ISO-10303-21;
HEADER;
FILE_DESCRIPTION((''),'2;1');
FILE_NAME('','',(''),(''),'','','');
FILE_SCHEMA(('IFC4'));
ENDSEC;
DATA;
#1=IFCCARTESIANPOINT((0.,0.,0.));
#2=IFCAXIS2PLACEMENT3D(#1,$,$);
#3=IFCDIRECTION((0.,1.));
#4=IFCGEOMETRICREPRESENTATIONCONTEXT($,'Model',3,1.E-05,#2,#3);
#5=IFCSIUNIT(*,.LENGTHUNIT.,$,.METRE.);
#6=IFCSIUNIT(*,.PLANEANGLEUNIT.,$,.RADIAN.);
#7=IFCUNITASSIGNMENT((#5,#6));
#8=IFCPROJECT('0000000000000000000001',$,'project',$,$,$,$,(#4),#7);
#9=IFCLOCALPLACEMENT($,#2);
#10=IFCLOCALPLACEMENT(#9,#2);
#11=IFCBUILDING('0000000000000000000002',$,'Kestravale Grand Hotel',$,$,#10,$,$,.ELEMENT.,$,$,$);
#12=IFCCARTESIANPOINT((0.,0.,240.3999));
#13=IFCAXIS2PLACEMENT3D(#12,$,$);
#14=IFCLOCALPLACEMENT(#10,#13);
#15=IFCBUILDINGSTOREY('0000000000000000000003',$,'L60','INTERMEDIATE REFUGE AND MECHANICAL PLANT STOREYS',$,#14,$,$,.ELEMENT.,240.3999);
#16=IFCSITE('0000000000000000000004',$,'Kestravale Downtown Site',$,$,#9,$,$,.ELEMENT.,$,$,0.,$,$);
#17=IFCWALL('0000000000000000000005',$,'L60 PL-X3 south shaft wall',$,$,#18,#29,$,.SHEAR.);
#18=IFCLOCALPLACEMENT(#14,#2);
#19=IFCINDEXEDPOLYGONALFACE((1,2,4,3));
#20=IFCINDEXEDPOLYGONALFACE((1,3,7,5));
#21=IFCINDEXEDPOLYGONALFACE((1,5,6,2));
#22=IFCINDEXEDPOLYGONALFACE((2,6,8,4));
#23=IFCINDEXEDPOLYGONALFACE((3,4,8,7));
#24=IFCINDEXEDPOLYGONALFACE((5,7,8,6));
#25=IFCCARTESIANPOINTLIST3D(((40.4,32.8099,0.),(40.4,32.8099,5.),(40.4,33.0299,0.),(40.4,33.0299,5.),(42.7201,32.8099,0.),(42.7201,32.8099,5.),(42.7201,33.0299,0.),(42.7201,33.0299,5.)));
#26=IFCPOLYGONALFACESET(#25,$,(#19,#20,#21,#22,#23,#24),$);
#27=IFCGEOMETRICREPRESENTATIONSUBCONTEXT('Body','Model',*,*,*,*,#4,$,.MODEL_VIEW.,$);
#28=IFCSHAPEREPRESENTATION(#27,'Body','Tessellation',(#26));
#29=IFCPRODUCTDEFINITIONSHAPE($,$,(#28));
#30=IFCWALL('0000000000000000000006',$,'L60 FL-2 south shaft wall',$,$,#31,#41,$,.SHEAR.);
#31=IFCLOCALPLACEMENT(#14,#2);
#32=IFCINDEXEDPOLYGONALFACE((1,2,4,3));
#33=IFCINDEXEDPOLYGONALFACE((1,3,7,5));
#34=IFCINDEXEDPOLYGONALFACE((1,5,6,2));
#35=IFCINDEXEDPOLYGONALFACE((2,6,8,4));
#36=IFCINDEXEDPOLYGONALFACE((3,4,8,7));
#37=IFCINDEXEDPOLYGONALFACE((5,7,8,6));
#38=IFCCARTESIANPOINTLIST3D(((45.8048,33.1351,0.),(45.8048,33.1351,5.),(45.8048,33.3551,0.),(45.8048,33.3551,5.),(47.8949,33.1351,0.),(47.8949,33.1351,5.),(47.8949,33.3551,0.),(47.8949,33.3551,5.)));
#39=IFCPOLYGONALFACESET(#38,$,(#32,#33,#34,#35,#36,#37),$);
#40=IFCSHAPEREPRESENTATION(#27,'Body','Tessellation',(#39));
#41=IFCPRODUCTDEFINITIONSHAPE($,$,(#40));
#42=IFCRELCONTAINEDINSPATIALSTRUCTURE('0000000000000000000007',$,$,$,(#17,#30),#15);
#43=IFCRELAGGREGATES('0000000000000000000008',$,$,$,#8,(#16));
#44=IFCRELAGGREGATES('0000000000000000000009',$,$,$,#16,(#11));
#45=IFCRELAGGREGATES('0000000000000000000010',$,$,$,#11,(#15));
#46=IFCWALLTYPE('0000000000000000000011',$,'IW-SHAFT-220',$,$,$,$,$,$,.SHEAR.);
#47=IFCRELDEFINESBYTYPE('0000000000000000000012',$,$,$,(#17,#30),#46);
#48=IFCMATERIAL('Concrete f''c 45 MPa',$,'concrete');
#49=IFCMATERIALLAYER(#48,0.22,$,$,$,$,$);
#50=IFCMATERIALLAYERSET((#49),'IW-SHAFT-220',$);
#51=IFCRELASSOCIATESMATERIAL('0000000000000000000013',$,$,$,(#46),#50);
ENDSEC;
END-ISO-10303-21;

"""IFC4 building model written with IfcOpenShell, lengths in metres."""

from ifc_helpers import new_model, si_unit, direction, frame, frame_2d, origin, place, context, subcontext, project, spatial, rectangle, extrude, material, layer, layer_set, type_object, element, save


model = new_model("IFC4")

# Units and contexts
model_context = context("Model", 3, precision=1e-05, world=origin(), true_north=direction((0.0, 1.0)))
body_context = subcontext(model_context, "Body", "Model", "MODEL_VIEW")
ifc_project = project(units=[si_unit("LENGTHUNIT", "METRE"), si_unit("PLANEANGLEUNIT", "RADIAN")], contexts=[model_context])

# Site, building, storey
site_placement = place(None, origin())
site = spatial("IfcSite", under=ifc_project, at=site_placement, Name="Kestravale Downtown Site", CompositionType="ELEMENT", RefElevation=0.0)
building_placement = place(site_placement, origin())
building = spatial("IfcBuilding", under=site, at=building_placement, Name="Kestravale Grand Hotel", CompositionType="ELEMENT")
storey_placement = place(building_placement, frame((0.0, 0.0, 240.3999)))
storey = spatial("IfcBuildingStorey", under=building, at=storey_placement, Name="L60", Description="INTERMEDIATE REFUGE AND MECHANICAL PLANT STOREYS", CompositionType="ELEMENT", Elevation=240.3999)

# Wall
ifc_material_1 = material(Name="Concrete f'c 45 MPa", Category="concrete")
ifc_layer_1 = layer(ifc_material_1, 0.22)
ifc_layer_set_1 = layer_set([ifc_layer_1], Name="IW-SHAFT-220")
wall_type_1 = type_object("IfcWallType", Name="IW-SHAFT-220", PredefinedType="SHEAR", material=ifc_layer_set_1)
for number, where, z_axis, x_axis, name in (
    (1, (40.3999, 32.9199, 0.0), (0.0, 0.0, 1.0), (1.0, 0.0, 0.0), "L60 PL-X3 south shaft wall"),
):
    element("IfcWall", number, at=place(storey_placement, frame(where, z_axis=z_axis, x_axis=x_axis)), inside=storey, type_object=wall_type_1, Name=name, PredefinedType="SHEAR", context=body_context, shape_type="SweptSolid", body=[
        extrude(rectangle(XDim=2.3201, YDim=0.22, at=frame_2d((1.1602, 0.0))), origin(), (0.0, 0.0, 1.0), 5.0),
    ])

# Wall
wall_1_placement = place(storey_placement, frame((45.8049, 33.2451, 0.0), z_axis=(0.0, 0.0, 1.0), x_axis=(1.0, 0.0, 0.0)))
element("IfcWall", 2, at=wall_1_placement, inside=storey, type_object=wall_type_1, Name="L60 FL-2 south shaft wall", PredefinedType="SHEAR", context=body_context, shape_type="SweptSolid", body=[
    extrude(rectangle(XDim=2.0901, YDim=0.22, at=frame_2d((1.0449, 0.0))), origin(), (0.0, 0.0, 1.0), 5.0),
])

save(model, "model.ifc")
